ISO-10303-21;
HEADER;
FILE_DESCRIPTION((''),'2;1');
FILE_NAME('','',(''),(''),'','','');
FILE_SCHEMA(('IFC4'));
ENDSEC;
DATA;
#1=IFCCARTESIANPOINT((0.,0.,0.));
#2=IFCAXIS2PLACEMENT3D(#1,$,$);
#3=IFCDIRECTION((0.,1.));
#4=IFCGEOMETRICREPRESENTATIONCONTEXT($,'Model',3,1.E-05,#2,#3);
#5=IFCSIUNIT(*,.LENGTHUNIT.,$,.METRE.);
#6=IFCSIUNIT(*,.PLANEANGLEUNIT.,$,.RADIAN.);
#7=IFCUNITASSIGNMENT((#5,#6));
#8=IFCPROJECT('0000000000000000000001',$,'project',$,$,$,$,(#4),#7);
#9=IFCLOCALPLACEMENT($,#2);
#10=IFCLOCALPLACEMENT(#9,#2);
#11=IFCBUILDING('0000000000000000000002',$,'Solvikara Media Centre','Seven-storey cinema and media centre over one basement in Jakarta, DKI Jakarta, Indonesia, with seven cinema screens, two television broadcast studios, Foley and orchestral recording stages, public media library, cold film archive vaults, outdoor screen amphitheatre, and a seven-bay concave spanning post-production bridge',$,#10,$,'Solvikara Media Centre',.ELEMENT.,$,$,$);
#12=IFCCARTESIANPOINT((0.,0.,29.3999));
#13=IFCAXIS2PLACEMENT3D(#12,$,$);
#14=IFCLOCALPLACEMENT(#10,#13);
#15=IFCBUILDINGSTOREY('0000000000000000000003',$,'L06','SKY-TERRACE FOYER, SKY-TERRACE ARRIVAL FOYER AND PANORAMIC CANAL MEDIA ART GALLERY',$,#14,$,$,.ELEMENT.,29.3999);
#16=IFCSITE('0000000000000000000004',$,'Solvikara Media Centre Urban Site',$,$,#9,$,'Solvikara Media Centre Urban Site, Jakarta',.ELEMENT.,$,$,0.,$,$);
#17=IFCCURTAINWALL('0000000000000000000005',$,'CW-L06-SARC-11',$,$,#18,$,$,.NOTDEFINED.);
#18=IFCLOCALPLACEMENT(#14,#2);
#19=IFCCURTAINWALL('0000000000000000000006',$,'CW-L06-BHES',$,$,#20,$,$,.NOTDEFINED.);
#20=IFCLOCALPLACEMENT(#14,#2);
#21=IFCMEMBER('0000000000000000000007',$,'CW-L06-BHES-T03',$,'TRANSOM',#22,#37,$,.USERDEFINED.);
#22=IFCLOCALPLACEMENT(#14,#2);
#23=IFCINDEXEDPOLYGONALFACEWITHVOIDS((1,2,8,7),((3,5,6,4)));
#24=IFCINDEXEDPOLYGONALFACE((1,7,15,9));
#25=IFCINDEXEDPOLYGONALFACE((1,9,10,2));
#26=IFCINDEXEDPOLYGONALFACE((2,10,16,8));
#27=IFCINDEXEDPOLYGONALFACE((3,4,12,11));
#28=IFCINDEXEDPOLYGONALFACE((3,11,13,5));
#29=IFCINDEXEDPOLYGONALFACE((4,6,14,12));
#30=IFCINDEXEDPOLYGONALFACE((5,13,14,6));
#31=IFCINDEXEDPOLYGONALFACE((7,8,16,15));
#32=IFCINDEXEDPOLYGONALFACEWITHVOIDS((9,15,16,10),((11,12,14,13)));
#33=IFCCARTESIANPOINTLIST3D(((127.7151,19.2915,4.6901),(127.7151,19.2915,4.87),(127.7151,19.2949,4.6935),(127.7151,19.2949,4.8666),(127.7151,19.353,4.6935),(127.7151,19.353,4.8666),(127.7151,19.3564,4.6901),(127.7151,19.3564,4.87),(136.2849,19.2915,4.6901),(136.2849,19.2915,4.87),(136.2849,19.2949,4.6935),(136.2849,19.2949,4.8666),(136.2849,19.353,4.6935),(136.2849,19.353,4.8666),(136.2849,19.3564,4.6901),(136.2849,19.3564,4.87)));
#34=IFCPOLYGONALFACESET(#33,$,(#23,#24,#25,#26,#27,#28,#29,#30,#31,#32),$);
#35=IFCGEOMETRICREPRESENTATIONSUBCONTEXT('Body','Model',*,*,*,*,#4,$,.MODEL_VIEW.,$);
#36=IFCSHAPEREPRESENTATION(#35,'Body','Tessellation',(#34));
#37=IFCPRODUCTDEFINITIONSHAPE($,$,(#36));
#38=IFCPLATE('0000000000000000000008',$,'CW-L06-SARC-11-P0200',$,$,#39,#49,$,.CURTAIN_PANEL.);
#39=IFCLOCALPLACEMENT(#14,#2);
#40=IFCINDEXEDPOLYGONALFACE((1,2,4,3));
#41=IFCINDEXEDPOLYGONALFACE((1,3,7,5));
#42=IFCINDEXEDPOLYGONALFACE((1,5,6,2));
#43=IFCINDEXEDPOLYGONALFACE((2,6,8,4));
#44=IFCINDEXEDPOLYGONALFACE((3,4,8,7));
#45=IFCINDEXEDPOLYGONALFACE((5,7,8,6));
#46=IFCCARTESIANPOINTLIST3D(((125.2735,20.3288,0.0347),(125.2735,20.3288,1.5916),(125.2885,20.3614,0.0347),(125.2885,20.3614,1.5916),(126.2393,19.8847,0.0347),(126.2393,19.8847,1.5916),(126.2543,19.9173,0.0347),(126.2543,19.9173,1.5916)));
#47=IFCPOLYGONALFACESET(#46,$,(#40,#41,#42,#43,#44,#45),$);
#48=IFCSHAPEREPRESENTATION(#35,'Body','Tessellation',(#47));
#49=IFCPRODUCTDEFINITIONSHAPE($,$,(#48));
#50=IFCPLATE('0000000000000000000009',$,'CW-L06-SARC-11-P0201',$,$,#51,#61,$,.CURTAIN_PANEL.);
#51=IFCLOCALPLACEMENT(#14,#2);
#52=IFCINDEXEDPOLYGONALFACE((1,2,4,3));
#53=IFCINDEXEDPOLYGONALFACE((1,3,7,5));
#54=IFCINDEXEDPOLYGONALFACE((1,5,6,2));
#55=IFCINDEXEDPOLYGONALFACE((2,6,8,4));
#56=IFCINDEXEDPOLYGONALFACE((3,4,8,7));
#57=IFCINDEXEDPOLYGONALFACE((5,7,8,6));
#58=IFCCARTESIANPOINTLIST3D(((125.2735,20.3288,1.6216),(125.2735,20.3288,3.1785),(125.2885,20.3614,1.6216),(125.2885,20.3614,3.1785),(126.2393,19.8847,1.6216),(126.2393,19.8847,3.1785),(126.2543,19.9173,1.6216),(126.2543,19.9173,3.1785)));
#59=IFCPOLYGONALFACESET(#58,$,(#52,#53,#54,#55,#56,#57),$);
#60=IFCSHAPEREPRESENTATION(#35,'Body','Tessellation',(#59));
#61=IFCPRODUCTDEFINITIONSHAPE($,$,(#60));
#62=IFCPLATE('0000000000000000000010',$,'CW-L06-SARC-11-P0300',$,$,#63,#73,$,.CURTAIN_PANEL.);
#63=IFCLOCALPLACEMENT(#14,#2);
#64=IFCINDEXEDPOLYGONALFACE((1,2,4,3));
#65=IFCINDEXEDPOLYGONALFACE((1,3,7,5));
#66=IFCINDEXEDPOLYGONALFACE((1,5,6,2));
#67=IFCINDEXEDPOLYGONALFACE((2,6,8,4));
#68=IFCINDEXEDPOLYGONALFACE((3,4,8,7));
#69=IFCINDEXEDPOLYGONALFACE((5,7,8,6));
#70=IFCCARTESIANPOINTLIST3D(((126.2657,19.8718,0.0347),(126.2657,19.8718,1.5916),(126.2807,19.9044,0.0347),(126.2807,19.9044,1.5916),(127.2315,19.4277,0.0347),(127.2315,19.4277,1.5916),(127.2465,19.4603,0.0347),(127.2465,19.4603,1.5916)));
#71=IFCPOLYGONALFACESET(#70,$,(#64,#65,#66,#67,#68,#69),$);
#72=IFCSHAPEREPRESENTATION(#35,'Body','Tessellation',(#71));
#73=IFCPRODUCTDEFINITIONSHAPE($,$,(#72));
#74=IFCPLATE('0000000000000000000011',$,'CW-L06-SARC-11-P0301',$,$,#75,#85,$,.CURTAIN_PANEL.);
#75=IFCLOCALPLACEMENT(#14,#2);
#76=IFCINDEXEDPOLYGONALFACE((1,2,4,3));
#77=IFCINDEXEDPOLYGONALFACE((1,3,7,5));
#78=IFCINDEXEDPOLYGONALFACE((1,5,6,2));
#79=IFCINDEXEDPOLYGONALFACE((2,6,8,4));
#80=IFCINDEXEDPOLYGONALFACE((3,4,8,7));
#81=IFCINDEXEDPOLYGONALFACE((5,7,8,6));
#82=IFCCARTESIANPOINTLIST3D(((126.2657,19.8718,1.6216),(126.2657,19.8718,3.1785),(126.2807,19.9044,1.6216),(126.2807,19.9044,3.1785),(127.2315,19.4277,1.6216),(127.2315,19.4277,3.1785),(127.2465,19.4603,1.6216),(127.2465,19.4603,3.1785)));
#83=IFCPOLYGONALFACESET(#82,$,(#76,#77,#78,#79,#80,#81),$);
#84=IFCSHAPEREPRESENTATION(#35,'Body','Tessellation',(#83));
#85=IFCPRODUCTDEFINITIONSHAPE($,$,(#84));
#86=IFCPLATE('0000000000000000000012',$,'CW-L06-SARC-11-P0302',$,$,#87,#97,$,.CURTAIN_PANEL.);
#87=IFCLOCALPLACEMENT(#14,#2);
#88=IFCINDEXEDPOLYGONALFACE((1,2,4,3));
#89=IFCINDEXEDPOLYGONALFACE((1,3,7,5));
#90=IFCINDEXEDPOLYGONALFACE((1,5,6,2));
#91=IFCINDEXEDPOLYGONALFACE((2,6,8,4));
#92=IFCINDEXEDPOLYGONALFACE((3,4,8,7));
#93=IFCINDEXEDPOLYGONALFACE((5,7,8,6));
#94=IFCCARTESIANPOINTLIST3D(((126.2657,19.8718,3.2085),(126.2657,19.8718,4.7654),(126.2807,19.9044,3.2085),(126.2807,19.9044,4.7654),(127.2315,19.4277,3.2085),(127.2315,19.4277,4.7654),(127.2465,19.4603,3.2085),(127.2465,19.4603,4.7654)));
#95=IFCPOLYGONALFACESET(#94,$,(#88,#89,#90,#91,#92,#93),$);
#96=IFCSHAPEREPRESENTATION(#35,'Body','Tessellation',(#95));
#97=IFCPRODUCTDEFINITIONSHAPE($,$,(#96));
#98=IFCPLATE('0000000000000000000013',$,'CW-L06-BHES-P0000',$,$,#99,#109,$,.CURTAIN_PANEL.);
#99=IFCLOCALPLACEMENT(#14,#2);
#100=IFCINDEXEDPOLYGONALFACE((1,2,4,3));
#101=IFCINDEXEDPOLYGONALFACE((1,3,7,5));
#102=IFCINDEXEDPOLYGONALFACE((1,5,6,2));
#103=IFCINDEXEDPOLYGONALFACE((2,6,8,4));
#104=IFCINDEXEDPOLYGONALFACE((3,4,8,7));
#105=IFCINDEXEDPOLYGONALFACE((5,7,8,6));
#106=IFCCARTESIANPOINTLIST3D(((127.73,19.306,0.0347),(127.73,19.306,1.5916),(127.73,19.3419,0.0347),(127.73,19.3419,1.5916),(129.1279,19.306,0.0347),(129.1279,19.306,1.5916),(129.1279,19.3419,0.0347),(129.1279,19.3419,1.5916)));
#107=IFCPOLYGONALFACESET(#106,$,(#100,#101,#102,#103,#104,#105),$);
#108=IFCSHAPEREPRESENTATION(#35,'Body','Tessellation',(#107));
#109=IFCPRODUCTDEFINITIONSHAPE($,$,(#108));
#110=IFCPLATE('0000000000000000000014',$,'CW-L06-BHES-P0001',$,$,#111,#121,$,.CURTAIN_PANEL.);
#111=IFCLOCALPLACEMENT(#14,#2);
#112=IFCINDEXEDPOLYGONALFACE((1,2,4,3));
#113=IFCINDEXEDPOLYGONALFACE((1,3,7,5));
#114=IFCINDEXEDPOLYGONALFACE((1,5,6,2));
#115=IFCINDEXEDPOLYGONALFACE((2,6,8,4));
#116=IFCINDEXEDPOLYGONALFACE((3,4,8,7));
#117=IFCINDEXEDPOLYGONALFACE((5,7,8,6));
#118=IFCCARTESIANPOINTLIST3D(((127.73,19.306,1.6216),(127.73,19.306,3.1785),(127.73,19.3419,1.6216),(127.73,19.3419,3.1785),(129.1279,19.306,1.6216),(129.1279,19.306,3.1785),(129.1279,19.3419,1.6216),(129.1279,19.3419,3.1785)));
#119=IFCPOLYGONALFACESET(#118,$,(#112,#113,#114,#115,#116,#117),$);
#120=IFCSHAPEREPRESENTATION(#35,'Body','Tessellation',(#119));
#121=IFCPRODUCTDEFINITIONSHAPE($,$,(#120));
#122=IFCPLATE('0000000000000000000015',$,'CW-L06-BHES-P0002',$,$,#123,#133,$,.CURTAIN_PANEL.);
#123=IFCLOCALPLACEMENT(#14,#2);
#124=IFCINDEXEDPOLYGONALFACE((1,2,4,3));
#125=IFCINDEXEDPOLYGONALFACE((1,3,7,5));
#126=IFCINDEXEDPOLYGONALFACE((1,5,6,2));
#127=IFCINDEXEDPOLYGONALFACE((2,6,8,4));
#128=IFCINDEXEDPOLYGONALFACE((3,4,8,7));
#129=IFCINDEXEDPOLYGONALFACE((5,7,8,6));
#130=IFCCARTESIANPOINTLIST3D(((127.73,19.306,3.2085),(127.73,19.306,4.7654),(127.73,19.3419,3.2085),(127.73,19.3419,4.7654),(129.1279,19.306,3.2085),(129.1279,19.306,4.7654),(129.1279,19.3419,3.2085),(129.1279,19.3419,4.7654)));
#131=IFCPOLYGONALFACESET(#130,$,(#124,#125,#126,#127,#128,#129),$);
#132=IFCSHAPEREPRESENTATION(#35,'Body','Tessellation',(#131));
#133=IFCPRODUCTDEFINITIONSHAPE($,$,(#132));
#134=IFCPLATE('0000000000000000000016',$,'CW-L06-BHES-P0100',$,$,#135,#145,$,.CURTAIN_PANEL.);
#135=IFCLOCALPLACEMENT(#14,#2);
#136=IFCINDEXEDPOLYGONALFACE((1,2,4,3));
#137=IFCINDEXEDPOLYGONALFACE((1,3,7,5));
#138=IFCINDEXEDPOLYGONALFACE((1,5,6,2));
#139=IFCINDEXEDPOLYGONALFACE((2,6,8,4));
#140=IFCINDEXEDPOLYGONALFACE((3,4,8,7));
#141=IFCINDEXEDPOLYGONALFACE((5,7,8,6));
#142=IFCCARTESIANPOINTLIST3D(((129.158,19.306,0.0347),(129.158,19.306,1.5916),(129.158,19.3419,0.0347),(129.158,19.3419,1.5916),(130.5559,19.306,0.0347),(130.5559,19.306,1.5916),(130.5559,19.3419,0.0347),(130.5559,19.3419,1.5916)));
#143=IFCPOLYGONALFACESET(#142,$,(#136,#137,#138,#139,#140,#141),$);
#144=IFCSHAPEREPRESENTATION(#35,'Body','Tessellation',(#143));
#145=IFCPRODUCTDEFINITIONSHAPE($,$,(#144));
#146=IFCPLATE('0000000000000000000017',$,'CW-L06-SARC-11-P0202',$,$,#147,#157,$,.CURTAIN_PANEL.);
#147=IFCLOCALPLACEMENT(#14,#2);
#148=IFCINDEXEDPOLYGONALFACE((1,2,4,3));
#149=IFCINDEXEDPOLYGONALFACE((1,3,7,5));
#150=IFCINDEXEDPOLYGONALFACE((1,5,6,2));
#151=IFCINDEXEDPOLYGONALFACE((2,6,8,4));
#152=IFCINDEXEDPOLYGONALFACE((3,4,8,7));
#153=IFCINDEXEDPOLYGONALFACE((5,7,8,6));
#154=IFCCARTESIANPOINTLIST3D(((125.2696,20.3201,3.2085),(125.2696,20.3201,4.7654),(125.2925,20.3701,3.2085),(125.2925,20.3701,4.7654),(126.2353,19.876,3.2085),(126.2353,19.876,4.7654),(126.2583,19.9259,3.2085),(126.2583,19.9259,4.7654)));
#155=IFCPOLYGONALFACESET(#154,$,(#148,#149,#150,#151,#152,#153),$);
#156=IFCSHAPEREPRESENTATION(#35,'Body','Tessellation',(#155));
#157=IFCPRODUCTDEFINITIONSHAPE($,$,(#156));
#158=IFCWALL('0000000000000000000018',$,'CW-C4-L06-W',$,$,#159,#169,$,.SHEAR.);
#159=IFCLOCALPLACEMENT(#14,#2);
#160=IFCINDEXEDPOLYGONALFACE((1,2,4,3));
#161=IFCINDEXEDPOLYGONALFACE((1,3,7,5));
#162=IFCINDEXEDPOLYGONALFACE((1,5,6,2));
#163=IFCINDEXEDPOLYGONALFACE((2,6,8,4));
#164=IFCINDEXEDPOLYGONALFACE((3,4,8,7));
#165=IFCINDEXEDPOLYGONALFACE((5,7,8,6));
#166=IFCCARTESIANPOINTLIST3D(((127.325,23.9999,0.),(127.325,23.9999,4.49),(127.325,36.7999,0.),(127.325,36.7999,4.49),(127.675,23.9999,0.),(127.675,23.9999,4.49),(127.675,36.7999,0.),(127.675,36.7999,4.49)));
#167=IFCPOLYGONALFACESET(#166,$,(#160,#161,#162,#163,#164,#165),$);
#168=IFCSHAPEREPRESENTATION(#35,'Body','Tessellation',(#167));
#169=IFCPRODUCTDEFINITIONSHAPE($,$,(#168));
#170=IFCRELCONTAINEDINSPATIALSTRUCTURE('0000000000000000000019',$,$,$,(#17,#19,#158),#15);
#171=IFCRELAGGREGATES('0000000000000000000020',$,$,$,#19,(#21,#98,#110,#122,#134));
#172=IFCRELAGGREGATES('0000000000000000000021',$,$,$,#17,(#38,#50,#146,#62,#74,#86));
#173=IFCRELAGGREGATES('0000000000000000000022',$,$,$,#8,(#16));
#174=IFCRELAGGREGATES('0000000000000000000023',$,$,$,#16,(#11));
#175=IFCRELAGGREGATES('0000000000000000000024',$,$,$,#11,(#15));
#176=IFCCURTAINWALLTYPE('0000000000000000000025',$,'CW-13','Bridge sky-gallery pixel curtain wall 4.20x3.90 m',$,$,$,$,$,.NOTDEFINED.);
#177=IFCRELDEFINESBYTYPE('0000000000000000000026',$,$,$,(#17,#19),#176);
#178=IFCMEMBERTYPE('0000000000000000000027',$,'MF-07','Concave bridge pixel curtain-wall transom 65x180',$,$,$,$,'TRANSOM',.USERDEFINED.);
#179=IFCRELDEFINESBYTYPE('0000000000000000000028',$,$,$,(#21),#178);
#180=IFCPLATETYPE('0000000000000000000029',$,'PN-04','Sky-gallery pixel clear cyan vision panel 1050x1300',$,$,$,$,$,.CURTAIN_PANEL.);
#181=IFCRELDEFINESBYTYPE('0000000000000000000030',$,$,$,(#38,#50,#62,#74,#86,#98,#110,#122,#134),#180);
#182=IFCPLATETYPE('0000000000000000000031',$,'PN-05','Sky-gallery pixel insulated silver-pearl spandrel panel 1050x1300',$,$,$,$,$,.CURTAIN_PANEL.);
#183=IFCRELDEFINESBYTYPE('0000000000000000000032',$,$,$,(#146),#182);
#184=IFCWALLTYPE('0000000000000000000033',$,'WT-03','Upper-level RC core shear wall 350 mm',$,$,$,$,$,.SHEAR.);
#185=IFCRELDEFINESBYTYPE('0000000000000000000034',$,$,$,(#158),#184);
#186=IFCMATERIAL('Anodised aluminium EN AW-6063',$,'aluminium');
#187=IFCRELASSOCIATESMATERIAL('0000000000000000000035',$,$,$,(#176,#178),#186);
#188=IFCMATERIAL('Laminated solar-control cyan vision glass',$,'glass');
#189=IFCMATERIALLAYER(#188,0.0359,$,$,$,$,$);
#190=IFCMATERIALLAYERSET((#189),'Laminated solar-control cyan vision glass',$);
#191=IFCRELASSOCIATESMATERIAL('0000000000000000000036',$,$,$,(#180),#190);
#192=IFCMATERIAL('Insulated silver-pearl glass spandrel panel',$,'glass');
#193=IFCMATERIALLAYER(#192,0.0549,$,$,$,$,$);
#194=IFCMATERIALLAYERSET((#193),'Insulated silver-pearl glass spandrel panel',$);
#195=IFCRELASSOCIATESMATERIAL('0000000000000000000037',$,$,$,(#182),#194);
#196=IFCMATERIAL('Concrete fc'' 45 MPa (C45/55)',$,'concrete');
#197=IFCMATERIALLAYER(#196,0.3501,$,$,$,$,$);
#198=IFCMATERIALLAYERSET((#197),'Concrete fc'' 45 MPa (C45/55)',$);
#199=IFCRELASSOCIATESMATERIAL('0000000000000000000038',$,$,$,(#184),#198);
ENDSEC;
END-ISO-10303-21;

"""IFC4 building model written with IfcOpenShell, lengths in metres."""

from ifc_helpers import new_model, si_unit, direction, frame, frame_2d, origin, origin_2d, place, context, subcontext, project, spatial, rectangle, hollow_rectangle, extrude, material, layer, layer_set, material_profile, profile_set, type_object, element, aggregate, save


model = new_model("IFC4")

# Units and contexts
model_context = context("Model", 3, precision=1e-05, world=origin(), true_north=direction((0.0, 1.0)))
body_context = subcontext(model_context, "Body", "Model", "MODEL_VIEW")
ifc_project = project(units=[si_unit("LENGTHUNIT", "METRE"), si_unit("PLANEANGLEUNIT", "RADIAN")], contexts=[model_context])

# Site, building, storey
site_placement = place(None, origin())
site = spatial("IfcSite", under=ifc_project, at=site_placement, Name="Solvikara Media Centre Urban Site", LongName="Solvikara Media Centre Urban Site, Jakarta", CompositionType="ELEMENT", RefElevation=0.0)
building_placement = place(site_placement, origin())
building = spatial("IfcBuilding", under=site, at=building_placement, Name="Solvikara Media Centre", Description="Seven-storey cinema and media centre over one basement in Jakarta, DKI Jakarta, Indonesia, with seven cinema screens, two television broadcast studios, Foley and orchestral recording stages, public media library, cold film archive vaults, outdoor screen amphitheatre, and a seven-bay concave spanning post-production bridge", LongName="Solvikara Media Centre", CompositionType="ELEMENT")
storey_placement = place(building_placement, frame((0.0, 0.0, 29.3999)))
storey = spatial("IfcBuildingStorey", under=building, at=storey_placement, Name="L06", Description="SKY-TERRACE FOYER, SKY-TERRACE ARRIVAL FOYER AND PANORAMIC CANAL MEDIA ART GALLERY", CompositionType="ELEMENT", Elevation=29.3999)

# Curtain walls, member
ifc_material_1 = material(Name="Anodised aluminium EN AW-6063", Category="aluminium")
curtain_wall_type = type_object("IfcCurtainWallType", Name="CW-13", Description="Bridge sky-gallery pixel curtain wall 4.20x3.90 m", PredefinedType="NOTDEFINED", material=ifc_material_1)
curtain_wall_1_placement = place(storey_placement, origin())
curtain_wall_1 = element("IfcCurtainWall", 1, at=curtain_wall_1_placement, inside=storey, type_object=curtain_wall_type, Name="CW-L06-SARC-11", PredefinedType="NOTDEFINED")
curtain_wall_2_placement = place(storey_placement, origin())
curtain_wall_2 = element("IfcCurtainWall", 2, at=curtain_wall_2_placement, inside=storey, type_object=curtain_wall_type, Name="CW-L06-BHES", PredefinedType="NOTDEFINED")
ifc_material_profile_1 = material_profile(ifc_material_1, hollow_rectangle(XDim=0.0649, YDim=0.1799, WallThickness=0.0034, at=origin_2d()), Name="ALU-T 65x180x3.5")
ifc_profile_set_1 = profile_set([ifc_material_profile_1], Name="Anodised aluminium EN AW-6063")
member_type_1 = type_object("IfcMemberType", Name="MF-07", Description="Concave bridge pixel curtain-wall transom 65x180", ElementType="TRANSOM", PredefinedType="USERDEFINED", material=ifc_profile_set_1)
member_1_placement = place(storey_placement, frame((127.7151, 19.324, 4.78), z_axis=(1.0, 0.0, 0.0), x_axis=(0.0, 1.0, 0.0)))
member_1 = element("IfcMember", 3, at=member_1_placement, type_object=member_type_1, Name="CW-L06-BHES-T03", ObjectType="TRANSOM", PredefinedType="USERDEFINED", context=body_context, shape_type="SweptSolid", body=[
    extrude(hollow_rectangle(XDim=0.0649, YDim=0.1799, WallThickness=0.0034, at=origin_2d()), origin(), (0.0, 0.0, 1.0), 8.5698),
])

# Plates
ifc_material_2 = material(Name="Laminated solar-control cyan vision glass", Category="glass")
ifc_layer_1 = layer(ifc_material_2, 0.0359)
ifc_layer_set_1 = layer_set([ifc_layer_1], Name="Laminated solar-control cyan vision glass")
plate_type_1 = type_object("IfcPlateType", Name="PN-04", Description="Sky-gallery pixel clear cyan vision panel 1050x1300", PredefinedType="CURTAIN_PANEL", material=ifc_layer_set_1)
plate_1_placement = place(storey_placement, frame((125.7639, 20.123, 0.0347), z_axis=(0.0, 0.0, 1.0), x_axis=(0.908545, -0.417788, 0.0)))
plate_1 = element("IfcPlate", 4, at=plate_1_placement, type_object=plate_type_1, Name="CW-L06-SARC-11-P0200", PredefinedType="CURTAIN_PANEL", context=body_context, shape_type="SweptSolid", body=[
    extrude(rectangle(XDim=1.063, YDim=0.0359, at=origin_2d()), origin(), (0.0, 0.0, 1.0), 1.5569),
])
plate_2_placement = place(storey_placement, frame((125.7639, 20.123, 1.6216), z_axis=(0.0, 0.0, 1.0), x_axis=(0.908545, -0.417788, 0.0)))
plate_2 = element("IfcPlate", 5, at=plate_2_placement, type_object=plate_type_1, Name="CW-L06-SARC-11-P0201", PredefinedType="CURTAIN_PANEL", context=body_context, shape_type="SweptSolid", body=[
    extrude(rectangle(XDim=1.063, YDim=0.0359, at=origin_2d()), origin(), (0.0, 0.0, 1.0), 1.5569),
])
plate_3_placement = place(storey_placement, frame((126.7561, 19.666, 0.0347), z_axis=(0.0, 0.0, 1.0), x_axis=(0.908545, -0.417788, 0.0)))
plate_3 = element("IfcPlate", 6, at=plate_3_placement, type_object=plate_type_1, Name="CW-L06-SARC-11-P0300", PredefinedType="CURTAIN_PANEL", context=body_context, shape_type="SweptSolid", body=[
    extrude(rectangle(XDim=1.063, YDim=0.0359, at=origin_2d()), origin(), (0.0, 0.0, 1.0), 1.5569),
])
plate_4_placement = place(storey_placement, frame((126.7561, 19.666, 1.6216), z_axis=(0.0, 0.0, 1.0), x_axis=(0.908545, -0.417788, 0.0)))
plate_4 = element("IfcPlate", 7, at=plate_4_placement, type_object=plate_type_1, Name="CW-L06-SARC-11-P0301", PredefinedType="CURTAIN_PANEL", context=body_context, shape_type="SweptSolid", body=[
    extrude(rectangle(XDim=1.063, YDim=0.0359, at=origin_2d()), origin(), (0.0, 0.0, 1.0), 1.5569),
])
plate_5_placement = place(storey_placement, frame((126.7561, 19.666, 3.2085), z_axis=(0.0, 0.0, 1.0), x_axis=(0.908545, -0.417788, 0.0)))
plate_5 = element("IfcPlate", 8, at=plate_5_placement, type_object=plate_type_1, Name="CW-L06-SARC-11-P0302", PredefinedType="CURTAIN_PANEL", context=body_context, shape_type="SweptSolid", body=[
    extrude(rectangle(XDim=1.063, YDim=0.0359, at=origin_2d()), origin(), (0.0, 0.0, 1.0), 1.5569),
])
plate_6_placement = place(storey_placement, frame((128.429, 19.324, 0.0347), z_axis=(0.0, 0.0, 1.0), x_axis=(1.0, 0.0, 0.0)))
plate_6 = element("IfcPlate", 9, at=plate_6_placement, type_object=plate_type_1, Name="CW-L06-BHES-P0000", PredefinedType="CURTAIN_PANEL", context=body_context, shape_type="SweptSolid", body=[
    extrude(rectangle(XDim=1.3979, YDim=0.0359, at=origin_2d()), origin(), (0.0, 0.0, 1.0), 1.5569),
])
plate_7_placement = place(storey_placement, frame((128.429, 19.324, 1.6216), z_axis=(0.0, 0.0, 1.0), x_axis=(1.0, 0.0, 0.0)))
plate_7 = element("IfcPlate", 10, at=plate_7_placement, type_object=plate_type_1, Name="CW-L06-BHES-P0001", PredefinedType="CURTAIN_PANEL", context=body_context, shape_type="SweptSolid", body=[
    extrude(rectangle(XDim=1.3979, YDim=0.0359, at=origin_2d()), origin(), (0.0, 0.0, 1.0), 1.5569),
])
plate_8_placement = place(storey_placement, frame((128.429, 19.324, 3.2085), z_axis=(0.0, 0.0, 1.0), x_axis=(1.0, 0.0, 0.0)))
plate_8 = element("IfcPlate", 11, at=plate_8_placement, type_object=plate_type_1, Name="CW-L06-BHES-P0002", PredefinedType="CURTAIN_PANEL", context=body_context, shape_type="SweptSolid", body=[
    extrude(rectangle(XDim=1.3979, YDim=0.0359, at=origin_2d()), origin(), (0.0, 0.0, 1.0), 1.5569),
])
plate_9_placement = place(storey_placement, frame((129.8569, 19.324, 0.0347), z_axis=(0.0, 0.0, 1.0), x_axis=(1.0, 0.0, 0.0)))
plate_9 = element("IfcPlate", 12, at=plate_9_placement, type_object=plate_type_1, Name="CW-L06-BHES-P0100", PredefinedType="CURTAIN_PANEL", context=body_context, shape_type="SweptSolid", body=[
    extrude(rectangle(XDim=1.3979, YDim=0.0359, at=origin_2d()), origin(), (0.0, 0.0, 1.0), 1.5569),
])
aggregate(curtain_wall_2, [member_1, plate_6, plate_7, plate_8, plate_9])
ifc_material_3 = material(Name="Insulated silver-pearl glass spandrel panel", Category="glass")
ifc_layer_2 = layer(ifc_material_3, 0.0549)
ifc_layer_set_2 = layer_set([ifc_layer_2], Name="Insulated silver-pearl glass spandrel panel")
plate_type_2 = type_object("IfcPlateType", Name="PN-05", Description="Sky-gallery pixel insulated silver-pearl spandrel panel 1050x1300", PredefinedType="CURTAIN_PANEL", material=ifc_layer_set_2)
plate_10_placement = place(storey_placement, frame((125.7639, 20.123, 3.2085), z_axis=(0.0, 0.0, 1.0), x_axis=(0.908545, -0.417788, 0.0)))
plate_10 = element("IfcPlate", 13, at=plate_10_placement, type_object=plate_type_2, Name="CW-L06-SARC-11-P0202", PredefinedType="CURTAIN_PANEL", context=body_context, shape_type="SweptSolid", body=[
    extrude(rectangle(XDim=1.063, YDim=0.0549, at=origin_2d()), origin(), (0.0, 0.0, 1.0), 1.5569),
])
aggregate(curtain_wall_1, [plate_1, plate_2, plate_10, plate_3, plate_4, plate_5])

# Wall
ifc_material_4 = material(Name="Concrete fc' 45 MPa (C45/55)", Category="concrete")
ifc_layer_3 = layer(ifc_material_4, 0.3501)
ifc_layer_set_3 = layer_set([ifc_layer_3], Name="Concrete fc' 45 MPa (C45/55)")
wall_type_1 = type_object("IfcWallType", Name="WT-03", Description="Upper-level RC core shear wall 350 mm", PredefinedType="SHEAR", material=ifc_layer_set_3)
wall_1_placement = place(storey_placement, frame((127.5, 24.0, 0.0), z_axis=(0.0, 0.0, 1.0), x_axis=(0.0, 1.0, 0.0)))
element("IfcWall", 14, at=wall_1_placement, inside=storey, type_object=wall_type_1, Name="CW-C4-L06-W", PredefinedType="SHEAR", context=body_context, shape_type="SweptSolid", body=[
    extrude(rectangle(XDim=12.8, YDim=0.3501, at=frame_2d((6.3999, 0.0))), origin(), (0.0, 0.0, 1.0), 4.49),
])

save(model, "model.ifc")
